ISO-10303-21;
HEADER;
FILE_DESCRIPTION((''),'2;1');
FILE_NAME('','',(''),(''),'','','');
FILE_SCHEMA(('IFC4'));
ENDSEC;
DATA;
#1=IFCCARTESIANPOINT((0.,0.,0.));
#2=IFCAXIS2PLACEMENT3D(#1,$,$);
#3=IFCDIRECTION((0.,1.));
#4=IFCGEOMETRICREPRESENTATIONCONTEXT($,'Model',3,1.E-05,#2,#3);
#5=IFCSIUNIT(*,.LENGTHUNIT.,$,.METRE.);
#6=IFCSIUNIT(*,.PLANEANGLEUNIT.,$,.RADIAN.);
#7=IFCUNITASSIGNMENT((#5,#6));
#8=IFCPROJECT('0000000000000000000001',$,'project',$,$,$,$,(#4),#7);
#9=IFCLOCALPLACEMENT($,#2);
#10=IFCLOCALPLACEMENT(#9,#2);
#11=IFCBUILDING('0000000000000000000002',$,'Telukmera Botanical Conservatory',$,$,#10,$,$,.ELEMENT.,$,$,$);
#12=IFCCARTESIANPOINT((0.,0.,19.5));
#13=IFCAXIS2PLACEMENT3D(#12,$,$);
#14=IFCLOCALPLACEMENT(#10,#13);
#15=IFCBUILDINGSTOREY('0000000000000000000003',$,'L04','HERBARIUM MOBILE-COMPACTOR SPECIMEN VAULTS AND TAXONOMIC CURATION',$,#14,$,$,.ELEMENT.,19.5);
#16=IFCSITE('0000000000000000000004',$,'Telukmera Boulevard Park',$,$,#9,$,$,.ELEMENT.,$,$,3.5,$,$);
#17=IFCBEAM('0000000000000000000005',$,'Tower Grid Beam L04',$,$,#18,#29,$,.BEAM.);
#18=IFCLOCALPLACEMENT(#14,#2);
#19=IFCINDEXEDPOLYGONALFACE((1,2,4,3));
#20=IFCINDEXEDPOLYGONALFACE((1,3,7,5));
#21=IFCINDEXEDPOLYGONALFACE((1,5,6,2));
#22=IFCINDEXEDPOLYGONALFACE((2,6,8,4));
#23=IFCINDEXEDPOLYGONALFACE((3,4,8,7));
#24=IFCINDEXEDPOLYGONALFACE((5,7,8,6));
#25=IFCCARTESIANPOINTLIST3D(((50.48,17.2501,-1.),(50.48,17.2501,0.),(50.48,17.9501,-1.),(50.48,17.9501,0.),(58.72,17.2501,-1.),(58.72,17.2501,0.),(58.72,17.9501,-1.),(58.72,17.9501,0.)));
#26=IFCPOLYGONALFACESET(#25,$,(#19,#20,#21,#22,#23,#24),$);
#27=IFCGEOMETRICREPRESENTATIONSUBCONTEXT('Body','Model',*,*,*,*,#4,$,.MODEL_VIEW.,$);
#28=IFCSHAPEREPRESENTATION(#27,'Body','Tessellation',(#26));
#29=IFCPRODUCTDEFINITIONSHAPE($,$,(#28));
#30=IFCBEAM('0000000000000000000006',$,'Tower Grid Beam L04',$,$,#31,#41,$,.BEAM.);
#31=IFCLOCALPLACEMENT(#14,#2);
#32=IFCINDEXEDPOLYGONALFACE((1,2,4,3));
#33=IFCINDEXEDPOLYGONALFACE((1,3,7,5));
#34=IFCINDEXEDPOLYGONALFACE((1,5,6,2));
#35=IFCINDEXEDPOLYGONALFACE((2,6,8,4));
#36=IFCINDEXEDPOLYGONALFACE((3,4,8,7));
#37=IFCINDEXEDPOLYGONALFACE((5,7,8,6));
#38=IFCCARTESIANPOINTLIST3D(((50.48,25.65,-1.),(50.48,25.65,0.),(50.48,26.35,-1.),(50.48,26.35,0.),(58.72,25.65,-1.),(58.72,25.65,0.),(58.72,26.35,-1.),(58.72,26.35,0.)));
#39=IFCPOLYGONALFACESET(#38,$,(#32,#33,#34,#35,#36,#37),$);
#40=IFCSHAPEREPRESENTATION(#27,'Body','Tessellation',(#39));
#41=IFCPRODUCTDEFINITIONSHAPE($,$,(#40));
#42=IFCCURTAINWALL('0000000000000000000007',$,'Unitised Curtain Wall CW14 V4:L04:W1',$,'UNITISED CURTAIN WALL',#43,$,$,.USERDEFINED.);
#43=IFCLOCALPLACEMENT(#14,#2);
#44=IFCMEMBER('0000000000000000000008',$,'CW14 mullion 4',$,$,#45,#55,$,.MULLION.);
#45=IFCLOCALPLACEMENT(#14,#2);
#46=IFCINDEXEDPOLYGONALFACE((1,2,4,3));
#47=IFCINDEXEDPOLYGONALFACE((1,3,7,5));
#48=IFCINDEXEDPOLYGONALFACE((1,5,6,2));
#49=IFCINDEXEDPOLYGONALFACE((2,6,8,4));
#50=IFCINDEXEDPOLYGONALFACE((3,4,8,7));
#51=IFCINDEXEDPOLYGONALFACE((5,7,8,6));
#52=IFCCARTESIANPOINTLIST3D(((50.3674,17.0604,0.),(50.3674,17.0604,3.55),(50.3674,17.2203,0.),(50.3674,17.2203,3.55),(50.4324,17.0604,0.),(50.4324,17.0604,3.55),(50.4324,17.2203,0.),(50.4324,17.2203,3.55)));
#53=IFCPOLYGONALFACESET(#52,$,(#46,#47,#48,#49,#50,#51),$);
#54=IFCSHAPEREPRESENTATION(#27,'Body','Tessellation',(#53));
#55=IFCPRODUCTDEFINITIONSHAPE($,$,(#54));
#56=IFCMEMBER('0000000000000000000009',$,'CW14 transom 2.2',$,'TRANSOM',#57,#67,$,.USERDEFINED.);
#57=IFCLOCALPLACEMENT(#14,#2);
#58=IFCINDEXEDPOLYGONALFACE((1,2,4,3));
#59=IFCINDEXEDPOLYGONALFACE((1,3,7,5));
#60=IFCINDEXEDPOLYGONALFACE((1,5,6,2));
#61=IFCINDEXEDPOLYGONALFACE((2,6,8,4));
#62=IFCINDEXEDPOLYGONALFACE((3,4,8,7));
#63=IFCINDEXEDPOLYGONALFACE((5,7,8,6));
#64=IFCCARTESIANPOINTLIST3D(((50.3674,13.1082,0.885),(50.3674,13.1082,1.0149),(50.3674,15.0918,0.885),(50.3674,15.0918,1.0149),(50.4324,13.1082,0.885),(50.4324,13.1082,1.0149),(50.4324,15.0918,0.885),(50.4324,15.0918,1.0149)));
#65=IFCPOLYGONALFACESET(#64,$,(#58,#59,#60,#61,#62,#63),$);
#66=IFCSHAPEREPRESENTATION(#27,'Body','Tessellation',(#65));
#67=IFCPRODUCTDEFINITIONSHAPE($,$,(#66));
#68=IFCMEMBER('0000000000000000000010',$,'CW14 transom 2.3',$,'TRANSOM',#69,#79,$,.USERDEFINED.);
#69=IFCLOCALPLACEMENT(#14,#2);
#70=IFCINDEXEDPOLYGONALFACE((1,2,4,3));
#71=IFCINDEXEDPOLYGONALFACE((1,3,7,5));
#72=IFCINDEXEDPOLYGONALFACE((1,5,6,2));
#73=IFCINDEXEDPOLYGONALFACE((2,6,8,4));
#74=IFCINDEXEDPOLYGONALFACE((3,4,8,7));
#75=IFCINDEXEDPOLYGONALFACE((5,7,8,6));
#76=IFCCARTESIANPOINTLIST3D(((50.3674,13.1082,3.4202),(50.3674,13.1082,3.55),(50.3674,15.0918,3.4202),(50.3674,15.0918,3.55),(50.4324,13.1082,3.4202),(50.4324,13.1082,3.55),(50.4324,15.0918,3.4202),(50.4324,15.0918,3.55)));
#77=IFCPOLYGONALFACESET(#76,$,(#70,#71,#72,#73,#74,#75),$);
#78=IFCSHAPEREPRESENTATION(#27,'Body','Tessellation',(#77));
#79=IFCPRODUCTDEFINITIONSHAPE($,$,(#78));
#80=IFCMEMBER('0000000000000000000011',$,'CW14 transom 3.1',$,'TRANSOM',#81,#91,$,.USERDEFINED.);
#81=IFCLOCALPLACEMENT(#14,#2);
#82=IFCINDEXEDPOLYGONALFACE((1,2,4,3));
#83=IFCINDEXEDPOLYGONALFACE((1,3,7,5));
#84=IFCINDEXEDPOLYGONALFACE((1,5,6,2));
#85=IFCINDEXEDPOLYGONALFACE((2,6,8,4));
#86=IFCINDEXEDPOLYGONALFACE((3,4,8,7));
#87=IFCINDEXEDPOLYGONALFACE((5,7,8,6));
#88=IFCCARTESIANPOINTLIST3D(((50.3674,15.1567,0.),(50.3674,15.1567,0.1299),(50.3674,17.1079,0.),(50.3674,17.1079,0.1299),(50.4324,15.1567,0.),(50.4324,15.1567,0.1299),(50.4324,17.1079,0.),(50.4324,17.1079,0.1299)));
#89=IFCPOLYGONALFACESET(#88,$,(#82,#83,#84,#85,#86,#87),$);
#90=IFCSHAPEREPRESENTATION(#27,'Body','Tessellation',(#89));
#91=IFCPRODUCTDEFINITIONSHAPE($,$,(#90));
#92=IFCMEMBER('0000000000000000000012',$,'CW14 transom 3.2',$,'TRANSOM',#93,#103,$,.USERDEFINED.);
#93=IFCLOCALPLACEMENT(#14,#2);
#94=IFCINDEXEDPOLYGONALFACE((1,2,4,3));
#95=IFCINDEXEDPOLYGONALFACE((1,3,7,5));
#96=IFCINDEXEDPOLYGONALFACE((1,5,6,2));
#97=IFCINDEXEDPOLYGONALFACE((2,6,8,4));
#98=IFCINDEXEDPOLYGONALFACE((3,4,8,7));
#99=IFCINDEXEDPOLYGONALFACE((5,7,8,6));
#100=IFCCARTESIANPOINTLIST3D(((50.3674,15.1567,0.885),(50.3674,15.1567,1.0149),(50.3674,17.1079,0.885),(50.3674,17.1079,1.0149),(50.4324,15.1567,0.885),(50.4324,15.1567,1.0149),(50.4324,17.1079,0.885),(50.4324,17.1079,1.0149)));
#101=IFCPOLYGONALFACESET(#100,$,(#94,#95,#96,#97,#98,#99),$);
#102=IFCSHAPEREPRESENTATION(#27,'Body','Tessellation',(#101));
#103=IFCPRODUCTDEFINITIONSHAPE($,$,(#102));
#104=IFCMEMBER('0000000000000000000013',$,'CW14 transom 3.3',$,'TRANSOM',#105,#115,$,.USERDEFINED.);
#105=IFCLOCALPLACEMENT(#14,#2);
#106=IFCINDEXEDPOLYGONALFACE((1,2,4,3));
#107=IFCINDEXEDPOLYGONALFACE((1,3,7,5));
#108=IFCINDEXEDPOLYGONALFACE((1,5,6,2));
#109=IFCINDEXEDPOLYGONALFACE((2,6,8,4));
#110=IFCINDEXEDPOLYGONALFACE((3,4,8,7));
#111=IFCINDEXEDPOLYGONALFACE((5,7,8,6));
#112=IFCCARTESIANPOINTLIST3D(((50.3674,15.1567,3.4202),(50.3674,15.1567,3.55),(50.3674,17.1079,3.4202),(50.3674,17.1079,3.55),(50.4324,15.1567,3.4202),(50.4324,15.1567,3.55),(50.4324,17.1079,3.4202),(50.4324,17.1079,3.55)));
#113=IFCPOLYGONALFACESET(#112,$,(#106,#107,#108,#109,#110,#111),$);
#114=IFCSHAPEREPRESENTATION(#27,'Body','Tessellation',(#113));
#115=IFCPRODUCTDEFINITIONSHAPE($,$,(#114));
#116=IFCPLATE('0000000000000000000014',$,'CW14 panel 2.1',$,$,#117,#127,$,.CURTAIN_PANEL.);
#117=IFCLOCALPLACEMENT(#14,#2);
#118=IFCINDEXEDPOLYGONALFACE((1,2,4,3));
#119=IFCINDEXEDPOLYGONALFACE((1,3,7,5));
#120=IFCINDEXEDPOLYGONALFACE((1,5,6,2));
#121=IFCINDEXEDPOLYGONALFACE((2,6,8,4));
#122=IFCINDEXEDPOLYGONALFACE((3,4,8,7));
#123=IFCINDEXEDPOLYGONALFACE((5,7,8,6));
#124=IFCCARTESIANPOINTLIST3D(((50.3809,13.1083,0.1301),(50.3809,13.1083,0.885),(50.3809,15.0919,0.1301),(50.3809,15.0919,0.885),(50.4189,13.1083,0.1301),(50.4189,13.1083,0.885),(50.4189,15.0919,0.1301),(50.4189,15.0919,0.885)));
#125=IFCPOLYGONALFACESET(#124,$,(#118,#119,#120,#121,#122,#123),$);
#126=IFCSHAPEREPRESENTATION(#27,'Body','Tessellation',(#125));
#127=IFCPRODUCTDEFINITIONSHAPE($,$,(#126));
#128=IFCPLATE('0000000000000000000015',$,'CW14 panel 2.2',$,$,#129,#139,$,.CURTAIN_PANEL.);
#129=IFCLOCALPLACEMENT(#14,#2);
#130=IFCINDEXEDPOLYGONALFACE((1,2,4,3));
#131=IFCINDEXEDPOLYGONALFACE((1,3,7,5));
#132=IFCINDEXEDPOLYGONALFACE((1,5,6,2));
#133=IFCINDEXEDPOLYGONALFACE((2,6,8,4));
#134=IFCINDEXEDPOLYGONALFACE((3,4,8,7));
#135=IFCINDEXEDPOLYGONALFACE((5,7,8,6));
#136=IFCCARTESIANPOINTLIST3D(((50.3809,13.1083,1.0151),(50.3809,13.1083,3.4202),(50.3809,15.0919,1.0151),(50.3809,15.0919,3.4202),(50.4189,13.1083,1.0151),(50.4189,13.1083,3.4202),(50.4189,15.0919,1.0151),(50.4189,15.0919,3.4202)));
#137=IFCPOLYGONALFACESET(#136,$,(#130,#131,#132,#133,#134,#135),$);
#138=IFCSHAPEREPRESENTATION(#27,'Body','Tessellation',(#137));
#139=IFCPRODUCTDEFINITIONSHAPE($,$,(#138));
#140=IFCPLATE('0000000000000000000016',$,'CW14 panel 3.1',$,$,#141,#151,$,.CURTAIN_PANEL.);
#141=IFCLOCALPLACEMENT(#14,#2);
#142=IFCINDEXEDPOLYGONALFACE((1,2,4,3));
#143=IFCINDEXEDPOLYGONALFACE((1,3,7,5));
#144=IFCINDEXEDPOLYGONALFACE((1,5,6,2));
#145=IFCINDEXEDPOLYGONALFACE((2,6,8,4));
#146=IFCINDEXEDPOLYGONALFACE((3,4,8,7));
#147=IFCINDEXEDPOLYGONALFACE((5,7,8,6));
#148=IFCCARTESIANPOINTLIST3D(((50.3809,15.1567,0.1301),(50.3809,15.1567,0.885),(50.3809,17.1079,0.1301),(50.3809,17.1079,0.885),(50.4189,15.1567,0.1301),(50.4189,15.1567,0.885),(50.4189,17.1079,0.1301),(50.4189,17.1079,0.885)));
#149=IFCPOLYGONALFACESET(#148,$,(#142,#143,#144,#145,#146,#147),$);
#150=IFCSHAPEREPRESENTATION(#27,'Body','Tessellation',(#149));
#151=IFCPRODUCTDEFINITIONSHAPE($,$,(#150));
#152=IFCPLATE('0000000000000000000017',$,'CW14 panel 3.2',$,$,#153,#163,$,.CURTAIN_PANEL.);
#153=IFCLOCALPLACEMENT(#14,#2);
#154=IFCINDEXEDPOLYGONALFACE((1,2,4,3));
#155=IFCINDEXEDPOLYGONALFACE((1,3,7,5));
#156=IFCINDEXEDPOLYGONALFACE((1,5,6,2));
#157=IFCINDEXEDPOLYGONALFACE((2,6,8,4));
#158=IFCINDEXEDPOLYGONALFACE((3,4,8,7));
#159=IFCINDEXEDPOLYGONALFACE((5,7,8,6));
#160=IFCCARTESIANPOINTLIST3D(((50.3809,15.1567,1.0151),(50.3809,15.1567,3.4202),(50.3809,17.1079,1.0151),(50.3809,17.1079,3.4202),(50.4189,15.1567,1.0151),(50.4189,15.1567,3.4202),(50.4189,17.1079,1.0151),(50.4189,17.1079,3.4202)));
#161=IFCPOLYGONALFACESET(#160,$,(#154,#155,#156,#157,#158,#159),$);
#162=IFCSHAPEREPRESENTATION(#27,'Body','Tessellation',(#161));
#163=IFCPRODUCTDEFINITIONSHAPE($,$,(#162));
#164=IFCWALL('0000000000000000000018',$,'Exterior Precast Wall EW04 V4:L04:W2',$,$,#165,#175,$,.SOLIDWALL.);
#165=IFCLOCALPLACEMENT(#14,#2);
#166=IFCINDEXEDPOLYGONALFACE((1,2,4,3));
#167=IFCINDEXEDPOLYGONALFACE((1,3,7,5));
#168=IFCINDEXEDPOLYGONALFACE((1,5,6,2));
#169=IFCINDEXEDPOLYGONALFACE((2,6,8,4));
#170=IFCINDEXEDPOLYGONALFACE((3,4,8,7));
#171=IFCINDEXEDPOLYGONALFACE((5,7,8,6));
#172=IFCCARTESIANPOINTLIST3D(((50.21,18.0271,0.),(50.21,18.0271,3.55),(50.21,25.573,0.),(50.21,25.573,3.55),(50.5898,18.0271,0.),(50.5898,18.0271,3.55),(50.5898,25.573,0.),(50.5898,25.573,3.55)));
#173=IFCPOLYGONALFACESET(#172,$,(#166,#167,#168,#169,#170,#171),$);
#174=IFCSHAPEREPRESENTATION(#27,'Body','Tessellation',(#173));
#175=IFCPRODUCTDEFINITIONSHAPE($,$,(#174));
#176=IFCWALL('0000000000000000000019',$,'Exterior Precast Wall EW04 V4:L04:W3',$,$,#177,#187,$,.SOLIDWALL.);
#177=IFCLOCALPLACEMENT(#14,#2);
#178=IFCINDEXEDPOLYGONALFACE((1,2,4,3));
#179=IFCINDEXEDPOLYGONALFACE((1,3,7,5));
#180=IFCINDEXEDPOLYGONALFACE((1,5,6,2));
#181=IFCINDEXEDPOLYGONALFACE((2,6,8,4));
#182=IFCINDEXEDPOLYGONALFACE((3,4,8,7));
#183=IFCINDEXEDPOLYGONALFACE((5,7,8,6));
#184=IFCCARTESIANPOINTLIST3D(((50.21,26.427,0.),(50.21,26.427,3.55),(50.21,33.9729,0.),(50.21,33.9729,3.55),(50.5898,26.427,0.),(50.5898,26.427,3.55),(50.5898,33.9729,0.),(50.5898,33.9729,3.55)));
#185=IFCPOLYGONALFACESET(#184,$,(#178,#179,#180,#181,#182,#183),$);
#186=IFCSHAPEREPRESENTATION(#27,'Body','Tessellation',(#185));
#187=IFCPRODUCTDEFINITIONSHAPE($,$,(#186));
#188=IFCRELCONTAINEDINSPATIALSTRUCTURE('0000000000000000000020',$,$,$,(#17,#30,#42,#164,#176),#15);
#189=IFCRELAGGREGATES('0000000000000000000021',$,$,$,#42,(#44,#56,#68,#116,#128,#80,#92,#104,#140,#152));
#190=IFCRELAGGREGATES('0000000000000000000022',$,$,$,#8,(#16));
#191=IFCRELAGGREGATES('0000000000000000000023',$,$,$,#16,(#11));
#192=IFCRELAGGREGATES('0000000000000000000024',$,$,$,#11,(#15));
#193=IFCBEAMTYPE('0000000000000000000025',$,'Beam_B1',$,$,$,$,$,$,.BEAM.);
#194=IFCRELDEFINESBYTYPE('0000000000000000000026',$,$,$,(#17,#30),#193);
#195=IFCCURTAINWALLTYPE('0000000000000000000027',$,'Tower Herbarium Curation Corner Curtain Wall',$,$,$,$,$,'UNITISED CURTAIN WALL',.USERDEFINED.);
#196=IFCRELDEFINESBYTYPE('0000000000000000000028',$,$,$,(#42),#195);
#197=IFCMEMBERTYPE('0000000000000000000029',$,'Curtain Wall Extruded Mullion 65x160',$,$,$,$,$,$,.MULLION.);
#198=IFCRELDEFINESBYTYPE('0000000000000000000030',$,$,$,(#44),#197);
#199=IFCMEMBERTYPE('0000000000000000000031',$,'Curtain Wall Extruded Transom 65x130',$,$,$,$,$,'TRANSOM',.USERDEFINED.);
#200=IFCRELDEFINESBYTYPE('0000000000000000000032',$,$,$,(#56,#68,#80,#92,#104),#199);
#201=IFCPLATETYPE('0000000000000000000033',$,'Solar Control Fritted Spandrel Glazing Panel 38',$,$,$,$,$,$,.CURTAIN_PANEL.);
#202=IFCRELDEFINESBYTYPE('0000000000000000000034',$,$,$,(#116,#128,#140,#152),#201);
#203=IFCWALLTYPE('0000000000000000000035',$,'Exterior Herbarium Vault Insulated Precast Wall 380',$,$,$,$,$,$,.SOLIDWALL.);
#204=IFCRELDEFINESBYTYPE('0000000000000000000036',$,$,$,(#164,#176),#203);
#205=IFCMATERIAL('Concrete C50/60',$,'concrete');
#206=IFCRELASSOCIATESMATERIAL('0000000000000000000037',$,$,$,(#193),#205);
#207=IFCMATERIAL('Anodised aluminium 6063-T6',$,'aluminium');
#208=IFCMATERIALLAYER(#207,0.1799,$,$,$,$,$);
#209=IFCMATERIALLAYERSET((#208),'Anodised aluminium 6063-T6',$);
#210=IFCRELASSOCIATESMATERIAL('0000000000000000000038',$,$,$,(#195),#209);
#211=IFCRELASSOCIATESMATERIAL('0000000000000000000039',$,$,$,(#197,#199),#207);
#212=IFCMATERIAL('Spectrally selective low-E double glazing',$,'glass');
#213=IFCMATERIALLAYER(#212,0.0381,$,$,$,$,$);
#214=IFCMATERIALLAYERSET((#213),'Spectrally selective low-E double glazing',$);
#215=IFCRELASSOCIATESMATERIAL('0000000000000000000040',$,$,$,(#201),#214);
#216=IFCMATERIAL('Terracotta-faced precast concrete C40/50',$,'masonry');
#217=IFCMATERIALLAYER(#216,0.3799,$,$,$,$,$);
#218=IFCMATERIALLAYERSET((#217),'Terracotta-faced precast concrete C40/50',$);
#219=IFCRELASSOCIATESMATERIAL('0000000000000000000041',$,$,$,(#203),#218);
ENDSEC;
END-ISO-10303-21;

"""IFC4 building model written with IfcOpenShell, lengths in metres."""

from ifc_helpers import new_model, si_unit, direction, frame, frame_2d, origin, origin_2d, place, context, subcontext, project, spatial, rectangle, extrude, material, layer, layer_set, material_profile, profile_set, type_object, element, aggregate, save


model = new_model("IFC4")

# Units and contexts
model_context = context("Model", 3, precision=1e-05, world=origin(), true_north=direction((0.0, 1.0)))
body_context = subcontext(model_context, "Body", "Model", "MODEL_VIEW")
ifc_project = project(units=[si_unit("LENGTHUNIT", "METRE"), si_unit("PLANEANGLEUNIT", "RADIAN")], contexts=[model_context])

# Site, building, storey
site_placement = place(None, origin())
site = spatial("IfcSite", under=ifc_project, at=site_placement, Name="Telukmera Boulevard Park", CompositionType="ELEMENT", RefElevation=3.5)
building_placement = place(site_placement, origin())
building = spatial("IfcBuilding", under=site, at=building_placement, Name="Telukmera Botanical Conservatory", CompositionType="ELEMENT")
storey_placement = place(building_placement, frame((0.0, 0.0, 19.5)))
storey = spatial("IfcBuildingStorey", under=building, at=storey_placement, Name="L04", Description="HERBARIUM MOBILE-COMPACTOR SPECIMEN VAULTS AND TAXONOMIC CURATION", CompositionType="ELEMENT", Elevation=19.5)

# Beams
ifc_material_1 = material(Name="Concrete C50/60", Category="concrete")
ifc_material_profile_1 = material_profile(ifc_material_1, rectangle(XDim=0.7, YDim=1.0, at=origin_2d()), Name="RC 700x1000")
ifc_profile_set_1 = profile_set([ifc_material_profile_1], Name="Concrete C50/60")
beam_type = type_object("IfcBeamType", Name="Beam_B1", PredefinedType="BEAM", material=ifc_profile_set_1)
for number, where, z_axis, x_axis, name in (
    (1, (50.48, 17.6001, -0.5), (1.0, 0.0, 0.0), (0.0, 1.0, 0.0), "Tower Grid Beam L04"),
    (2, (50.48, 26.0, -0.5), (1.0, 0.0, 0.0), (0.0, 1.0, 0.0), "Tower Grid Beam L04"),
):
    element("IfcBeam", number, at=place(storey_placement, frame(where, z_axis=z_axis, x_axis=x_axis)), inside=storey, type_object=beam_type, Name=name, PredefinedType="BEAM", context=body_context, shape_type="SweptSolid", body=[
        extrude(rectangle(XDim=0.7, YDim=1.0, at=origin_2d()), origin(), (0.0, 0.0, 1.0), 8.24),
    ])

# Curtain wall, members, plates
ifc_material_2 = material(Name="Anodised aluminium 6063-T6", Category="aluminium")
ifc_layer_1 = layer(ifc_material_2, 0.1799)
ifc_layer_set_1 = layer_set([ifc_layer_1], Name="Anodised aluminium 6063-T6")
curtain_wall_type = type_object("IfcCurtainWallType", Name="Tower Herbarium Curation Corner Curtain Wall", ElementType="UNITISED CURTAIN WALL", PredefinedType="USERDEFINED", material=ifc_layer_set_1)
curtain_wall_placement = place(storey_placement, origin())
curtain_wall = element("IfcCurtainWall", 3, at=curtain_wall_placement, inside=storey, type_object=curtain_wall_type, Name="Unitised Curtain Wall CW14 V4:L04:W1", ObjectType="UNITISED CURTAIN WALL", PredefinedType="USERDEFINED")
ifc_material_profile_2 = material_profile(ifc_material_2, rectangle(XDim=0.0649, YDim=0.1599, at=origin_2d()), Name="ALU MULL 65x160")
ifc_profile_set_2 = profile_set([ifc_material_profile_2], Name="Anodised aluminium 6063-T6")
member_type_1 = type_object("IfcMemberType", Name="Curtain Wall Extruded Mullion 65x160", PredefinedType="MULLION", material=ifc_profile_set_2)
member_1_placement = place(storey_placement, frame((50.3999, 17.1404, 0.0), z_axis=(0.0, 0.0, 1.0), x_axis=(-1.0, 0.0, 0.0)))
member_1 = element("IfcMember", 4, at=member_1_placement, type_object=member_type_1, Name="CW14 mullion 4", PredefinedType="MULLION", context=body_context, shape_type="SweptSolid", body=[
    extrude(rectangle(XDim=0.0649, YDim=0.1599, at=origin_2d()), origin(), (0.0, 0.0, 1.0), 3.55),
])
ifc_material_profile_3 = material_profile(ifc_material_2, rectangle(XDim=0.0649, YDim=0.1299, at=origin_2d()), Name="ALU TRAN 65x130")
ifc_profile_set_3 = profile_set([ifc_material_profile_3], Name="Anodised aluminium 6063-T6")
member_type_2 = type_object("IfcMemberType", Name="Curtain Wall Extruded Transom 65x130", ElementType="TRANSOM", PredefinedType="USERDEFINED", material=ifc_profile_set_3)
member_2_placement = place(storey_placement, frame((50.3999, 13.1082, 0.95), z_axis=(0.0, 1.0, 0.0), x_axis=(-1.0, 0.0, 0.0)))
member_2 = element("IfcMember", 5, at=member_2_placement, type_object=member_type_2, Name="CW14 transom 2.2", ObjectType="TRANSOM", PredefinedType="USERDEFINED", context=body_context, shape_type="SweptSolid", body=[
    extrude(rectangle(XDim=0.0649, YDim=0.1299, at=origin_2d()), origin(), (0.0, 0.0, 1.0), 1.9836),
])
member_3_placement = place(storey_placement, frame((50.3999, 13.1082, 3.4851), z_axis=(0.0, 1.0, 0.0), x_axis=(-1.0, 0.0, 0.0)))
member_3 = element("IfcMember", 6, at=member_3_placement, type_object=member_type_2, Name="CW14 transom 2.3", ObjectType="TRANSOM", PredefinedType="USERDEFINED", context=body_context, shape_type="SweptSolid", body=[
    extrude(rectangle(XDim=0.0649, YDim=0.1299, at=origin_2d()), origin(), (0.0, 0.0, 1.0), 1.9836),
])
member_4_placement = place(storey_placement, frame((50.3999, 15.1567, 0.0649), z_axis=(0.0, 1.0, 0.0), x_axis=(-1.0, 0.0, 0.0)))
member_4 = element("IfcMember", 7, at=member_4_placement, type_object=member_type_2, Name="CW14 transom 3.1", ObjectType="TRANSOM", PredefinedType="USERDEFINED", context=body_context, shape_type="SweptSolid", body=[
    extrude(rectangle(XDim=0.0649, YDim=0.1299, at=origin_2d()), origin(), (0.0, 0.0, 1.0), 1.9512),
])
member_5_placement = place(storey_placement, frame((50.3999, 15.1567, 0.95), z_axis=(0.0, 1.0, 0.0), x_axis=(-1.0, 0.0, 0.0)))
member_5 = element("IfcMember", 8, at=member_5_placement, type_object=member_type_2, Name="CW14 transom 3.2", ObjectType="TRANSOM", PredefinedType="USERDEFINED", context=body_context, shape_type="SweptSolid", body=[
    extrude(rectangle(XDim=0.0649, YDim=0.1299, at=origin_2d()), origin(), (0.0, 0.0, 1.0), 1.9512),
])
member_6_placement = place(storey_placement, frame((50.3999, 15.1567, 3.4851), z_axis=(0.0, 1.0, 0.0), x_axis=(-1.0, 0.0, 0.0)))
member_6 = element("IfcMember", 9, at=member_6_placement, type_object=member_type_2, Name="CW14 transom 3.3", ObjectType="TRANSOM", PredefinedType="USERDEFINED", context=body_context, shape_type="SweptSolid", body=[
    extrude(rectangle(XDim=0.0649, YDim=0.1299, at=origin_2d()), origin(), (0.0, 0.0, 1.0), 1.9512),
])
ifc_material_3 = material(Name="Spectrally selective low-E double glazing", Category="glass")
ifc_layer_2 = layer(ifc_material_3, 0.0381)
ifc_layer_set_2 = layer_set([ifc_layer_2], Name="Spectrally selective low-E double glazing")
plate_type = type_object("IfcPlateType", Name="Solar Control Fritted Spandrel Glazing Panel 38", PredefinedType="CURTAIN_PANEL", material=ifc_layer_set_2)
plate_1_placement = place(storey_placement, frame((50.3999, 14.1001, 0.1301), z_axis=(0.0, 0.0, 1.0), x_axis=(0.0, 1.0, 0.0)))
plate_1 = element("IfcPlate", 10, at=plate_1_placement, type_object=plate_type, Name="CW14 panel 2.1", PredefinedType="CURTAIN_PANEL", context=body_context, shape_type="SweptSolid", body=[
    extrude(rectangle(XDim=1.9836, YDim=0.0381, at=origin_2d()), origin(), (0.0, 0.0, 1.0), 0.7549),
])
plate_2_placement = place(storey_placement, frame((50.3999, 14.1001, 1.0151), z_axis=(0.0, 0.0, 1.0), x_axis=(0.0, 1.0, 0.0)))
plate_2 = element("IfcPlate", 11, at=plate_2_placement, type_object=plate_type, Name="CW14 panel 2.2", PredefinedType="CURTAIN_PANEL", context=body_context, shape_type="SweptSolid", body=[
    extrude(rectangle(XDim=1.9836, YDim=0.0381, at=origin_2d()), origin(), (0.0, 0.0, 1.0), 2.405),
])
plate_3_placement = place(storey_placement, frame((50.3999, 16.1323, 0.1301), z_axis=(0.0, 0.0, 1.0), x_axis=(0.0, 1.0, 0.0)))
plate_3 = element("IfcPlate", 12, at=plate_3_placement, type_object=plate_type, Name="CW14 panel 3.1", PredefinedType="CURTAIN_PANEL", context=body_context, shape_type="SweptSolid", body=[
    extrude(rectangle(XDim=1.9512, YDim=0.0381, at=origin_2d()), origin(), (0.0, 0.0, 1.0), 0.7549),
])
plate_4_placement = place(storey_placement, frame((50.3999, 16.1323, 1.0151), z_axis=(0.0, 0.0, 1.0), x_axis=(0.0, 1.0, 0.0)))
plate_4 = element("IfcPlate", 13, at=plate_4_placement, type_object=plate_type, Name="CW14 panel 3.2", PredefinedType="CURTAIN_PANEL", context=body_context, shape_type="SweptSolid", body=[
    extrude(rectangle(XDim=1.9512, YDim=0.0381, at=origin_2d()), origin(), (0.0, 0.0, 1.0), 2.405),
])
aggregate(curtain_wall, [member_1, member_2, member_3, plate_1, plate_2, member_4, member_5, member_6, plate_3, plate_4])

# Walls
ifc_material_4 = material(Name="Terracotta-faced precast concrete C40/50", Category="masonry")
ifc_layer_3 = layer(ifc_material_4, 0.3799)
ifc_layer_set_3 = layer_set([ifc_layer_3], Name="Terracotta-faced precast concrete C40/50")
wall_type_1 = type_object("IfcWallType", Name="Exterior Herbarium Vault Insulated Precast Wall 380", PredefinedType="SOLIDWALL", material=ifc_layer_set_3)
for number, where, z_axis, x_axis, name in (
    (14, (50.3999, 18.0271, 0.0), (0.0, 0.0, 1.0), (0.0, 1.0, 0.0), "Exterior Precast Wall EW04 V4:L04:W2"),
    (15, (50.3999, 26.427, 0.0), (0.0, 0.0, 1.0), (0.0, 1.0, 0.0), "Exterior Precast Wall EW04 V4:L04:W3"),
):
    element("IfcWall", number, at=place(storey_placement, frame(where, z_axis=z_axis, x_axis=x_axis)), inside=storey, type_object=wall_type_1, Name=name, PredefinedType="SOLIDWALL", context=body_context, shape_type="SweptSolid", body=[
        extrude(rectangle(XDim=7.5459, YDim=0.3799, at=frame_2d((3.7729, 0.0))), origin(), (0.0, 0.0, 1.0), 3.55),
    ])

save(model, "model.ifc")
